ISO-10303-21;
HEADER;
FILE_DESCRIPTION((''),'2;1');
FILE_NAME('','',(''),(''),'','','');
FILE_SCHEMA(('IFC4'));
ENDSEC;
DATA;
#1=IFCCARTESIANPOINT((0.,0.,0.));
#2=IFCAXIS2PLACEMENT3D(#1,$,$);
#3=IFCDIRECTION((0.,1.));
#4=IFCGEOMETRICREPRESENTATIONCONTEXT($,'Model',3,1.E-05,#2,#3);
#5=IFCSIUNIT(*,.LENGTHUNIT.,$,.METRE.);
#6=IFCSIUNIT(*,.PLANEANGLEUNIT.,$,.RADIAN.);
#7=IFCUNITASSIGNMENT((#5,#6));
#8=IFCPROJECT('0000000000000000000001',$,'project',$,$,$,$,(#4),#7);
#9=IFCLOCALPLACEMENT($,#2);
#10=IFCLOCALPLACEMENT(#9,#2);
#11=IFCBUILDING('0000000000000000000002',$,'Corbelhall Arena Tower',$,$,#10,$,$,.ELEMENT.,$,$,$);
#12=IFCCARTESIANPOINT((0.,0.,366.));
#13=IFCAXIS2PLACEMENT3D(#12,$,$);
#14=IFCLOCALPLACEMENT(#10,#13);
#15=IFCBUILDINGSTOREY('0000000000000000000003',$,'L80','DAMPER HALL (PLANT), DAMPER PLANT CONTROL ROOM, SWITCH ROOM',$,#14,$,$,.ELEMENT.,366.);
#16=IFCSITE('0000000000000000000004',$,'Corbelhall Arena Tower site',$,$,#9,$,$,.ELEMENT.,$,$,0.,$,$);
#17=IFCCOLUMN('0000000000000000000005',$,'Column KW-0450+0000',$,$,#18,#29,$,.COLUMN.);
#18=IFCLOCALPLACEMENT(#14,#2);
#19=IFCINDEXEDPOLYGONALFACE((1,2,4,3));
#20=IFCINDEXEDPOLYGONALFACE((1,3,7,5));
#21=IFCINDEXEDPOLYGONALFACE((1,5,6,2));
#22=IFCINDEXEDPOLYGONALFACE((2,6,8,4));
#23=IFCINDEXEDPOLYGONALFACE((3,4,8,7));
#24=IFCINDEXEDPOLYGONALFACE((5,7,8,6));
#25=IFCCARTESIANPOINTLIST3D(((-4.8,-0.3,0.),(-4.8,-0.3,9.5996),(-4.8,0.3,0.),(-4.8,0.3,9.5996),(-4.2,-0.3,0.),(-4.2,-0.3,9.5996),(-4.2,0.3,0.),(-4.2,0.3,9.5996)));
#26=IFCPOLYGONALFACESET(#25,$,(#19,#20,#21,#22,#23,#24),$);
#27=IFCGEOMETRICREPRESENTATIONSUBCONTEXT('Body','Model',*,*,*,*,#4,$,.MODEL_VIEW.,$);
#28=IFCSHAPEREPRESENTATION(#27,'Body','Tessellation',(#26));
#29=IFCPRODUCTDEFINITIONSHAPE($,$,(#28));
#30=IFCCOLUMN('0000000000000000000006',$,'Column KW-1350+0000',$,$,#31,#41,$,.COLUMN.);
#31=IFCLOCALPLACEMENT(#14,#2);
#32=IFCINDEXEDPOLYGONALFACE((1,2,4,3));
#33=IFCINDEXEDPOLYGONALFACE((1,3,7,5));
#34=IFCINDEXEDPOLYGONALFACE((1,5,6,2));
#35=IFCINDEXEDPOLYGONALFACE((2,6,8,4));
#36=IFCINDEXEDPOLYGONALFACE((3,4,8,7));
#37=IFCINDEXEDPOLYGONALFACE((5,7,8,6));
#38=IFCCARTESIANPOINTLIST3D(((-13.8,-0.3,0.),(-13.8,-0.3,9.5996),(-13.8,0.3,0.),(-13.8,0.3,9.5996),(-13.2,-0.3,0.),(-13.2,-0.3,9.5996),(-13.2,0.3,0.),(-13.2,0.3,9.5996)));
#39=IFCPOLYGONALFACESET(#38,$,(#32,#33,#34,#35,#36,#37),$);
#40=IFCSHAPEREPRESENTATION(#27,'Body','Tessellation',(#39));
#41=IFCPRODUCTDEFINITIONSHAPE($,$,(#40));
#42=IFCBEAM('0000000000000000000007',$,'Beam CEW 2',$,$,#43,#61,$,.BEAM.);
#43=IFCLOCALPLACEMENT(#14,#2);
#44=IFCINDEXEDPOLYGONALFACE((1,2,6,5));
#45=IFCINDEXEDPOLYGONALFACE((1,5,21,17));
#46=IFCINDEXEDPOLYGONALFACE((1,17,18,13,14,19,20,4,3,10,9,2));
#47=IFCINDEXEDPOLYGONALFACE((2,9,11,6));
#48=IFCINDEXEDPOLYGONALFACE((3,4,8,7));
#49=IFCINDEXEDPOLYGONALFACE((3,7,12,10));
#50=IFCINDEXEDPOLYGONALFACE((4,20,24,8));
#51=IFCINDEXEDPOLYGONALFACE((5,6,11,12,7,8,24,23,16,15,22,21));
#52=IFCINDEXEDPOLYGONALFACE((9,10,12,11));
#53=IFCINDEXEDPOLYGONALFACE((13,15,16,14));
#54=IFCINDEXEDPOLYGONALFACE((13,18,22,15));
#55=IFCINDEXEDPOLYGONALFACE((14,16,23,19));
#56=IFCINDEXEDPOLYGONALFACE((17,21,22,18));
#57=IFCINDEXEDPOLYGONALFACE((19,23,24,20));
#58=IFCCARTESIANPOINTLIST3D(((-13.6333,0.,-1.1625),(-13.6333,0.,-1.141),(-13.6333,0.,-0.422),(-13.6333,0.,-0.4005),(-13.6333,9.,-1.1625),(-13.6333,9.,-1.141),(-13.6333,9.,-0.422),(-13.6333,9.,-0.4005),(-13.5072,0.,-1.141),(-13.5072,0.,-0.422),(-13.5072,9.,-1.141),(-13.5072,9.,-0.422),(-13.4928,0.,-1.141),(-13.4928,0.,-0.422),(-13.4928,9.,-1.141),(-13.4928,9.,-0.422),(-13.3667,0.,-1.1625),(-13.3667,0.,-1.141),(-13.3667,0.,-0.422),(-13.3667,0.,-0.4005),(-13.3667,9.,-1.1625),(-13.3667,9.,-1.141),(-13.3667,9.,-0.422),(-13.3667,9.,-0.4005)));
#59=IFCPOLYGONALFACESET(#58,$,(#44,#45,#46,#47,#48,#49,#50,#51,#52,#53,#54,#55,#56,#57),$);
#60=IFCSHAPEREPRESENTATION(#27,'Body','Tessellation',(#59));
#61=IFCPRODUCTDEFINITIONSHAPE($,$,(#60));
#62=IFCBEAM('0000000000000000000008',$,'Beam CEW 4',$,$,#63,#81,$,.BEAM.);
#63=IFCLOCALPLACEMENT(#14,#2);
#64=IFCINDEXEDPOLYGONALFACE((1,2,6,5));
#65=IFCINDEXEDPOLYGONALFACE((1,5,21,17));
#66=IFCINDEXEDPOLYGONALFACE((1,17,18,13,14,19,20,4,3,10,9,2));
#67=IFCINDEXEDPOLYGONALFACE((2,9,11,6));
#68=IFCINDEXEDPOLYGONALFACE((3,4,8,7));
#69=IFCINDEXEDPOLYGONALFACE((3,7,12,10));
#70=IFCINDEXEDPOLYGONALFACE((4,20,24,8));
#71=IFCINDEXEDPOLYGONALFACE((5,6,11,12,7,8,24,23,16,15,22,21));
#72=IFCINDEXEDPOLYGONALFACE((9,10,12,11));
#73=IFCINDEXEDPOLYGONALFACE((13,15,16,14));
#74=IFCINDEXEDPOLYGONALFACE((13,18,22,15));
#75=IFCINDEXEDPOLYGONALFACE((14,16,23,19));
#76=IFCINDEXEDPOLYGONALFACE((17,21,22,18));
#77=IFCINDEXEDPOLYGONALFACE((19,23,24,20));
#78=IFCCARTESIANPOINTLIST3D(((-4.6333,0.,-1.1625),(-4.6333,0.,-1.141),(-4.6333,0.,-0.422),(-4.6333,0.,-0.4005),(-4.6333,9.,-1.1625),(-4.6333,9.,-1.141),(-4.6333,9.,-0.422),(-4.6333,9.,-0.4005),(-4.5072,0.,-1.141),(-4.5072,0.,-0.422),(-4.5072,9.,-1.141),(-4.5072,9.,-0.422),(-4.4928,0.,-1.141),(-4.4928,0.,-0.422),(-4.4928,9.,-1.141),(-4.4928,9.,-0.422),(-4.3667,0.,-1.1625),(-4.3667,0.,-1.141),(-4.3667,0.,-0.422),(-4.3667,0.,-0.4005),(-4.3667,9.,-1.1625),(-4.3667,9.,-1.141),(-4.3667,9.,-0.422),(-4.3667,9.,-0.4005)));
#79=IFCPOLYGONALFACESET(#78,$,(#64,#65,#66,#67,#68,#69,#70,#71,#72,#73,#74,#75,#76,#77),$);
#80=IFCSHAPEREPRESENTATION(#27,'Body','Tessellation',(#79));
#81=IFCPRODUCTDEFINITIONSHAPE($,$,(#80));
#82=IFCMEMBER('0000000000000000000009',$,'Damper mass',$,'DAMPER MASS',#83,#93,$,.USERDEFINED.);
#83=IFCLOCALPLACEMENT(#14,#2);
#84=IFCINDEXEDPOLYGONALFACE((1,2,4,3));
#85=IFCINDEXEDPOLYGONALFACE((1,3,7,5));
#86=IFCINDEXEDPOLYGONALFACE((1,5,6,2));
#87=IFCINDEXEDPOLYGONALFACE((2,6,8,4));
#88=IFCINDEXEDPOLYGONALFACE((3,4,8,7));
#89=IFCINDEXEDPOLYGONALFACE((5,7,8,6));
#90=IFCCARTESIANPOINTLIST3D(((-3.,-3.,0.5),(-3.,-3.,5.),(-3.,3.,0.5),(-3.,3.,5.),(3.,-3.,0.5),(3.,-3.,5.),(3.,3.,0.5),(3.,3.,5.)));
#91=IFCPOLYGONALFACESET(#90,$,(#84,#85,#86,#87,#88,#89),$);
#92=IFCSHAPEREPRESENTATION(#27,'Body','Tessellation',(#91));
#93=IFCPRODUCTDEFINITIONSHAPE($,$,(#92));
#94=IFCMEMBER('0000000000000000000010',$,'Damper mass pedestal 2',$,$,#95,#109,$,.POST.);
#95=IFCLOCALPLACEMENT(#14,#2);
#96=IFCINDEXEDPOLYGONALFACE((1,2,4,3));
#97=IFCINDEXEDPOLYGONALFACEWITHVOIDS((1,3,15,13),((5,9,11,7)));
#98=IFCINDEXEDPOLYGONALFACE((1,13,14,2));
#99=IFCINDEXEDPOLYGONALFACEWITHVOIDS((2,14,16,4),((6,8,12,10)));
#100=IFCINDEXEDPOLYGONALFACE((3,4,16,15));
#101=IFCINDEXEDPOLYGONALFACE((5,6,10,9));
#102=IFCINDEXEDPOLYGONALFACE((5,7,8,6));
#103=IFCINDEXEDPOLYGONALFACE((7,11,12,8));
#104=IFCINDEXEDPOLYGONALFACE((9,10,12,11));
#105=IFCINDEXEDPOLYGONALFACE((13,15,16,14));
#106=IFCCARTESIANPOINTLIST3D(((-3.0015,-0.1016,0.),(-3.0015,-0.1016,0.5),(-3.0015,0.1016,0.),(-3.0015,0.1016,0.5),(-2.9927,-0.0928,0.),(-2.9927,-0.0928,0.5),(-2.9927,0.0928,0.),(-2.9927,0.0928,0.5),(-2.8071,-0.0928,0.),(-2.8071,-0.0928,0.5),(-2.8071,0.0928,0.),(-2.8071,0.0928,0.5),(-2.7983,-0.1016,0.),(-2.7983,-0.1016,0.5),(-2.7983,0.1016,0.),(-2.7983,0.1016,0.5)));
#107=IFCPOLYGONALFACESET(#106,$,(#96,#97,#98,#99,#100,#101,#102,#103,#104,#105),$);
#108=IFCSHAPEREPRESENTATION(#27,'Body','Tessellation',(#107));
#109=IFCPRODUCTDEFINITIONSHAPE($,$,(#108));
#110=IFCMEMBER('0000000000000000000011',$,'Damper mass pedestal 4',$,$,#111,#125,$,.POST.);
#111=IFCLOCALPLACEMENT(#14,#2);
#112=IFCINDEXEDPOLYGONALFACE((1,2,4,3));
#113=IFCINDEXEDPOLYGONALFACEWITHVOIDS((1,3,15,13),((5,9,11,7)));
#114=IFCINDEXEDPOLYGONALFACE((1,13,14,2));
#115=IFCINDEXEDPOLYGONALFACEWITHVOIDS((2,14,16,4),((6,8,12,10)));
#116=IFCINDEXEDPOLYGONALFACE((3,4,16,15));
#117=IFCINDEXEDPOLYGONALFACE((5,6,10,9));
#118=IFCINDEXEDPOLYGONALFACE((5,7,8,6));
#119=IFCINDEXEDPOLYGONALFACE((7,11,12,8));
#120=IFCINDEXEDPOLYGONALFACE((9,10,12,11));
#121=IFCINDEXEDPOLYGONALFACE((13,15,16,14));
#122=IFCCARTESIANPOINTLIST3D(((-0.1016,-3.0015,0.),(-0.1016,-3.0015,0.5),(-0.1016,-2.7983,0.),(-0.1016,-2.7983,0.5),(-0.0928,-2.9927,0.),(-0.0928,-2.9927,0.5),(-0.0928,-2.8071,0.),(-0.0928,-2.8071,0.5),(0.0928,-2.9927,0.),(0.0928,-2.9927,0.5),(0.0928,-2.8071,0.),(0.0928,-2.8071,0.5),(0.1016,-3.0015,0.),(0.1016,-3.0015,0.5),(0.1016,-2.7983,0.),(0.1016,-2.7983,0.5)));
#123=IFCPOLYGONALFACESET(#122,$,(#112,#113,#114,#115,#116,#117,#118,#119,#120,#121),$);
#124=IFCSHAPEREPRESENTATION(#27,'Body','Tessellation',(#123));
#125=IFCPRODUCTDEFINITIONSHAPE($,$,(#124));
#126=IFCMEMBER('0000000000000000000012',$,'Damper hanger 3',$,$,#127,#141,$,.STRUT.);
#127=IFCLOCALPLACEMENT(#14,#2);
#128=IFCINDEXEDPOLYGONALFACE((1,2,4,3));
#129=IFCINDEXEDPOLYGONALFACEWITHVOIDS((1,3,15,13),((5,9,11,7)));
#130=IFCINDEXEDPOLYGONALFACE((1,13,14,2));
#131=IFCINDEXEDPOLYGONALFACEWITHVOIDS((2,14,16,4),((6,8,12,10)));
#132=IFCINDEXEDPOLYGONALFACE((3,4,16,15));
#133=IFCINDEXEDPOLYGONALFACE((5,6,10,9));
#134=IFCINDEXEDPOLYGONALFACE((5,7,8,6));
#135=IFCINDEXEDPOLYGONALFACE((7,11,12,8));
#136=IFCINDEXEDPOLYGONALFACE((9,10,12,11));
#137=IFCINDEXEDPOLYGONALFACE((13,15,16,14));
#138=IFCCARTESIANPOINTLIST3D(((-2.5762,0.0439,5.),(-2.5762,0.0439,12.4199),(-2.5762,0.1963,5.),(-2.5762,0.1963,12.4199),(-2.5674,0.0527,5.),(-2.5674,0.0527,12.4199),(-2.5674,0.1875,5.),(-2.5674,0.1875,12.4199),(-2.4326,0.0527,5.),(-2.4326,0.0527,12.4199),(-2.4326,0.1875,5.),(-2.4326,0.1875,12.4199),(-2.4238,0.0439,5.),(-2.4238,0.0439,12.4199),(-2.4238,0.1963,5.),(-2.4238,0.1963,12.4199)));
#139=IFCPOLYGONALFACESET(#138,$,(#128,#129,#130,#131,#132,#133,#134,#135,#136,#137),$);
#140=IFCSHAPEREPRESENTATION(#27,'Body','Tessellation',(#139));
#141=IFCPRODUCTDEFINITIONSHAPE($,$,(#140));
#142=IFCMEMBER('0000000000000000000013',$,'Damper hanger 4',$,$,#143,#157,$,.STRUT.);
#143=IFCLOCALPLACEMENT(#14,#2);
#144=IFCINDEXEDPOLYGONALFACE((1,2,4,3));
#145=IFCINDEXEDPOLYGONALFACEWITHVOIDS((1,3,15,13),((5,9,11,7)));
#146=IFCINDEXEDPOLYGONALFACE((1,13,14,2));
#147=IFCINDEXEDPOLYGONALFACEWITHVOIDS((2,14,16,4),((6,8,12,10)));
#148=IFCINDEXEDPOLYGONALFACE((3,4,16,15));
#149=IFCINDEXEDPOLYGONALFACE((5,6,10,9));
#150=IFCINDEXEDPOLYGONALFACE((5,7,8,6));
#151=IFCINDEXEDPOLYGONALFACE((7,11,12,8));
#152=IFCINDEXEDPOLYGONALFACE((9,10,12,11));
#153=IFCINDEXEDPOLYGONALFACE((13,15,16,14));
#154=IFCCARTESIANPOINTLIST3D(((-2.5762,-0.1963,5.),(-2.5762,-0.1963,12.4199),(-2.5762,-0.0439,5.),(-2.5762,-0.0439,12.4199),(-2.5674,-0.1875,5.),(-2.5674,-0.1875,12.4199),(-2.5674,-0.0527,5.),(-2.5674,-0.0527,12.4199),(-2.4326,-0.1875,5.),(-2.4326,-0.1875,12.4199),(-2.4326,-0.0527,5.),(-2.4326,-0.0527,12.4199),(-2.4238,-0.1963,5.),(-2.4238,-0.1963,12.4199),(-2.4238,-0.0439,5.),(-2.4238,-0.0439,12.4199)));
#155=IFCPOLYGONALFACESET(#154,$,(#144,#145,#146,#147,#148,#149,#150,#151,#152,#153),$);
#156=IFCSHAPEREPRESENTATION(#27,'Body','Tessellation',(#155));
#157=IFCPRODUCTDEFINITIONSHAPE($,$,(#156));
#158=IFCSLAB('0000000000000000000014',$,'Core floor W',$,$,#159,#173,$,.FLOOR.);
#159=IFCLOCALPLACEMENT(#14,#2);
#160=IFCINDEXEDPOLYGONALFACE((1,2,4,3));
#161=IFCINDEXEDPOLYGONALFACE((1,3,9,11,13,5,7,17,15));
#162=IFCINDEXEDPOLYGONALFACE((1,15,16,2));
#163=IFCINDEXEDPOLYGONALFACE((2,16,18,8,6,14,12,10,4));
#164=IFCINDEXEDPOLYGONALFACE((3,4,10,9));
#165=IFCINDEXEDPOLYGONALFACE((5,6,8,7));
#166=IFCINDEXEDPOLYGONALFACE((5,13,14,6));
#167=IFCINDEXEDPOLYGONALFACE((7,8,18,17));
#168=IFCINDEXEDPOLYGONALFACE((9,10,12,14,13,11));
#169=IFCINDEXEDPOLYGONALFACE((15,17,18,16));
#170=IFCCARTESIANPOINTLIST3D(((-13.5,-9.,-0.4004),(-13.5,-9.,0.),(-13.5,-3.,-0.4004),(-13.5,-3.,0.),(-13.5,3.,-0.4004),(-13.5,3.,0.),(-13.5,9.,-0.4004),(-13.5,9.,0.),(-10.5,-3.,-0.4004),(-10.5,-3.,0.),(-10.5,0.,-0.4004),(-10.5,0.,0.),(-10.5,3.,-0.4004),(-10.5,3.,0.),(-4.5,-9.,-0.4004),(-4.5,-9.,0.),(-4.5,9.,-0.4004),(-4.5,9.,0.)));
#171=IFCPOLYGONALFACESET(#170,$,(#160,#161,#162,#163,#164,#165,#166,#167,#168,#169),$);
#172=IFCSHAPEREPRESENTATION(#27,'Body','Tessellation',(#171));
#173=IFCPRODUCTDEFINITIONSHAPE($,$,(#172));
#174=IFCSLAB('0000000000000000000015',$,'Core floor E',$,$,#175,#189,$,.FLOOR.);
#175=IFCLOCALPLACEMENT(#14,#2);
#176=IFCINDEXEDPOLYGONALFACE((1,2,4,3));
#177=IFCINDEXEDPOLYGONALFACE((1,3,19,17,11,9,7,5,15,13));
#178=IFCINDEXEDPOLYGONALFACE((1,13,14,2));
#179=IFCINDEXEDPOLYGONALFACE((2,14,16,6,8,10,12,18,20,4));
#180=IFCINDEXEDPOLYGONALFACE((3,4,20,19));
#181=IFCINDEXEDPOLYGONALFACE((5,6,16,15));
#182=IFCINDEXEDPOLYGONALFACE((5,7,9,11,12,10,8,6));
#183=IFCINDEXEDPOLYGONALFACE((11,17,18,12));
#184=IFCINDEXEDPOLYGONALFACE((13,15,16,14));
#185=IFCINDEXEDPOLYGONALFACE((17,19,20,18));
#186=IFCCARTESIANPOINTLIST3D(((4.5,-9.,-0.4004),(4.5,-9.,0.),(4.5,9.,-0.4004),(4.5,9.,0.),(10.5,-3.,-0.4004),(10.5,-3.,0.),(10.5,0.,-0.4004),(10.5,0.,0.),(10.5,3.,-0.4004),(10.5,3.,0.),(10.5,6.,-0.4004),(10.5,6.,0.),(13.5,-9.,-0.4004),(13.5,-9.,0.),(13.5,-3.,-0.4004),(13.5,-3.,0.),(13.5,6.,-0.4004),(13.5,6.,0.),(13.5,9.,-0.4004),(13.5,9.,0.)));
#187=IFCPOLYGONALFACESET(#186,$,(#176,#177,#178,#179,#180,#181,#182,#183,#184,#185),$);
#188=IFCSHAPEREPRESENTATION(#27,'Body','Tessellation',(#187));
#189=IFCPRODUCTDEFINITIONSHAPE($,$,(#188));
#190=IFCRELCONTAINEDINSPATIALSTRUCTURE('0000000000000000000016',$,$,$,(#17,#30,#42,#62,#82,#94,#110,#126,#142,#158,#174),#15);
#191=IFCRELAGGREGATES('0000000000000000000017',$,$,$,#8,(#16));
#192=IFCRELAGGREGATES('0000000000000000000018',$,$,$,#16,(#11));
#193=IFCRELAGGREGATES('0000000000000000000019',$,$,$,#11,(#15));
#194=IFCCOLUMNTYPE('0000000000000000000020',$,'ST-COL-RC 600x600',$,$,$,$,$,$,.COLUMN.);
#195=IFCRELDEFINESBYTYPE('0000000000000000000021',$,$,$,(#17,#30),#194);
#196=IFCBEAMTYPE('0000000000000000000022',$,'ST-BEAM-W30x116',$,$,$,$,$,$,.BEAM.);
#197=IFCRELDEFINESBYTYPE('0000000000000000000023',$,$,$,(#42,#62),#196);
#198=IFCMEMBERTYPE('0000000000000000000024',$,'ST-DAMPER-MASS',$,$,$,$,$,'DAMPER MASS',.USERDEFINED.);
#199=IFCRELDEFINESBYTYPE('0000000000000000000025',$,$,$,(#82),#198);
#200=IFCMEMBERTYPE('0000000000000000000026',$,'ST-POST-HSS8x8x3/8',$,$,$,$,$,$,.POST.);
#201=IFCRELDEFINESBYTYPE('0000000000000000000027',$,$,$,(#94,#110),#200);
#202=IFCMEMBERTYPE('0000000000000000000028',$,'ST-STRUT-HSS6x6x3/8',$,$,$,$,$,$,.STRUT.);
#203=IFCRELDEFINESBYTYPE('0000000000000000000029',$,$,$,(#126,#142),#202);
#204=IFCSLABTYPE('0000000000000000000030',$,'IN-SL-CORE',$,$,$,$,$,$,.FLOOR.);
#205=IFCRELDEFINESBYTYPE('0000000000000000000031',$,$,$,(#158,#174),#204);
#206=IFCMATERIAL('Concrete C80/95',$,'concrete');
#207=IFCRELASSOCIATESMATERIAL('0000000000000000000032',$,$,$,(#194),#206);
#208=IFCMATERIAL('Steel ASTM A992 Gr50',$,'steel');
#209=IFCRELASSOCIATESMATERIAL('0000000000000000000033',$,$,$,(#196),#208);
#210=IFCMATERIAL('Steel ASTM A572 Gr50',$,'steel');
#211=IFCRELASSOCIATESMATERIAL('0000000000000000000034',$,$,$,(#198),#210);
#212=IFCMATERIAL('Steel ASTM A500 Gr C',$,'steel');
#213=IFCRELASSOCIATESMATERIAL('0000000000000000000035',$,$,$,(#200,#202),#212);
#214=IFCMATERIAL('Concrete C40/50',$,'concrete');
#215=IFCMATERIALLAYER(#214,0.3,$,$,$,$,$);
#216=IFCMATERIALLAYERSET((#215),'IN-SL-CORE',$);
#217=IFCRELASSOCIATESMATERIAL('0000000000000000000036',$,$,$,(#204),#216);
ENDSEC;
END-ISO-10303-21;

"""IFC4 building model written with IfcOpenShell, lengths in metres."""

from ifc_helpers import new_model, si_unit, direction, frame, origin, origin_2d, place, context, subcontext, project, spatial, polyline, rectangle, hollow_rectangle, i_section, outline, extrude, material, layer, layer_set, material_profile, profile_set, type_object, element, save


model = new_model("IFC4")

# Units and contexts
model_context = context("Model", 3, precision=1e-05, world=origin(), true_north=direction((0.0, 1.0)))
body_context = subcontext(model_context, "Body", "Model", "MODEL_VIEW")
ifc_project = project(units=[si_unit("LENGTHUNIT", "METRE"), si_unit("PLANEANGLEUNIT", "RADIAN")], contexts=[model_context])

# Site, building, storey
site_placement = place(None, origin())
site = spatial("IfcSite", under=ifc_project, at=site_placement, Name="Corbelhall Arena Tower site", CompositionType="ELEMENT", RefElevation=0.0)
building_placement = place(site_placement, origin())
building = spatial("IfcBuilding", under=site, at=building_placement, Name="Corbelhall Arena Tower", CompositionType="ELEMENT")
storey_placement = place(building_placement, frame((0.0, 0.0, 366.0)))
storey = spatial("IfcBuildingStorey", under=building, at=storey_placement, Name="L80", Description="DAMPER HALL (PLANT), DAMPER PLANT CONTROL ROOM, SWITCH ROOM", CompositionType="ELEMENT", Elevation=366.0)

# Columns
ifc_material_1 = material(Name="Concrete C80/95", Category="concrete")
ifc_material_profile_1 = material_profile(ifc_material_1, rectangle(XDim=0.6001, YDim=0.6001, at=origin_2d()))
ifc_profile_set_1 = profile_set([ifc_material_profile_1], Name="Concrete C80/95")
column_type = type_object("IfcColumnType", Name="ST-COL-RC 600x600", PredefinedType="COLUMN", material=ifc_profile_set_1)
for number, where, z_axis, x_axis, name in (
    (1, (-4.5, 0.0, 0.0), (0.0, 0.0, 1.0), (1.0, 0.0, 0.0), "Column KW-0450+0000"),
    (2, (-13.5, 0.0, 0.0), (0.0, 0.0, 1.0), (1.0, 0.0, 0.0), "Column KW-1350+0000"),
):
    element("IfcColumn", number, at=place(storey_placement, frame(where, z_axis=z_axis, x_axis=x_axis)), inside=storey, type_object=column_type, Name=name, PredefinedType="COLUMN", context=body_context, shape_type="SweptSolid", body=[
        extrude(rectangle(XDim=0.6001, YDim=0.6001, at=origin_2d()), origin(), (0.0, 0.0, 1.0), 9.5996),
    ])

# Beams
ifc_material_2 = material(Name="Steel ASTM A992 Gr50", Category="steel")
ifc_material_profile_2 = material_profile(ifc_material_2, i_section(OverallWidth=0.2666, OverallDepth=0.762, WebThickness=0.0144, FlangeThickness=0.0215, at=origin_2d()))
ifc_profile_set_2 = profile_set([ifc_material_profile_2], Name="Steel ASTM A992 Gr50")
beam_type = type_object("IfcBeamType", Name="ST-BEAM-W30x116", PredefinedType="BEAM", material=ifc_profile_set_2)
for number, where, z_axis, x_axis, name in (
    (3, (-13.5, 0.0, -0.7815), (0.0, 1.0, 0.0), (-1.0, 0.0, 0.0), "Beam CEW 2"),
    (4, (-4.5, 0.0, -0.7815), (0.0, 1.0, 0.0), (-1.0, 0.0, 0.0), "Beam CEW 4"),
):
    element("IfcBeam", number, at=place(storey_placement, frame(where, z_axis=z_axis, x_axis=x_axis)), inside=storey, type_object=beam_type, Name=name, PredefinedType="BEAM", context=body_context, shape_type="SweptSolid", body=[
        extrude(i_section(OverallWidth=0.2666, OverallDepth=0.762, WebThickness=0.0144, FlangeThickness=0.0215, at=origin_2d()), origin(), (0.0, 0.0, 1.0), 9.0),
    ])

# Members
ifc_material_3 = material(Name="Steel ASTM A572 Gr50", Category="steel")
member_type_1 = type_object("IfcMemberType", Name="ST-DAMPER-MASS", ElementType="DAMPER MASS", PredefinedType="USERDEFINED", material=ifc_material_3)
member_placement = place(storey_placement, frame((0.0, 0.0, 0.5), z_axis=(0.0, 0.0, 1.0), x_axis=(1.0, 0.0, 0.0)))
element("IfcMember", 5, at=member_placement, inside=storey, type_object=member_type_1, Name="Damper mass", ObjectType="DAMPER MASS", PredefinedType="USERDEFINED", context=body_context, shape_type="SweptSolid", body=[
    extrude(rectangle(XDim=6.0, YDim=6.0, at=origin_2d()), origin(), (0.0, 0.0, 1.0), 4.5),
])
ifc_material_4 = material(Name="Steel ASTM A500 Gr C", Category="steel")
ifc_material_profile_3 = material_profile(ifc_material_4, hollow_rectangle(XDim=0.2031, YDim=0.2031, WallThickness=0.0088, at=origin_2d()))
ifc_profile_set_3 = profile_set([ifc_material_profile_3], Name="Steel ASTM A500 Gr C")
member_type_2 = type_object("IfcMemberType", Name="ST-POST-HSS8x8x3/8", PredefinedType="POST", material=ifc_profile_set_3)
for number, where, z_axis, x_axis, name in (
    (6, (-2.8999, 0.0, 0.0), (0.0, 0.0, 1.0), (1.0, 0.0, 0.0), "Damper mass pedestal 2"),
    (7, (0.0, -2.8999, 0.0), (0.0, 0.0, 1.0), (1.0, 0.0, 0.0), "Damper mass pedestal 4"),
):
    element("IfcMember", number, at=place(storey_placement, frame(where, z_axis=z_axis, x_axis=x_axis)), inside=storey, type_object=member_type_2, Name=name, PredefinedType="POST", context=body_context, shape_type="SweptSolid", body=[
        extrude(hollow_rectangle(XDim=0.2031, YDim=0.2031, WallThickness=0.0088, at=origin_2d()), origin(), (0.0, 0.0, 1.0), 0.5),
    ])
ifc_material_profile_4 = material_profile(ifc_material_4, hollow_rectangle(XDim=0.1523, YDim=0.1523, WallThickness=0.0088, at=origin_2d()))
ifc_profile_set_4 = profile_set([ifc_material_profile_4], Name="Steel ASTM A500 Gr C")
member_type_3 = type_object("IfcMemberType", Name="ST-STRUT-HSS6x6x3/8", PredefinedType="STRUT", material=ifc_profile_set_4)
for number, where, z_axis, x_axis, name in (
    (8, (-2.5, 0.1201, 5.0), (0.0, 0.0, 1.0), (1.0, 0.0, 0.0), "Damper hanger 3"),
    (9, (-2.5, -0.1201, 5.0), (0.0, 0.0, 1.0), (1.0, 0.0, 0.0), "Damper hanger 4"),
):
    element("IfcMember", number, at=place(storey_placement, frame(where, z_axis=z_axis, x_axis=x_axis)), inside=storey, type_object=member_type_3, Name=name, PredefinedType="STRUT", context=body_context, shape_type="SweptSolid", body=[
        extrude(hollow_rectangle(XDim=0.1523, YDim=0.1523, WallThickness=0.0088, at=origin_2d()), origin(), (0.0, 0.0, 1.0), 7.4199),
    ])

# Slabs
ifc_material_5 = material(Name="Concrete C40/50", Category="concrete")
ifc_layer_1 = layer(ifc_material_5, 0.3)
ifc_layer_set_1 = layer_set([ifc_layer_1], Name="IN-SL-CORE")
slab_type_1 = type_object("IfcSlabType", Name="IN-SL-CORE", PredefinedType="FLOOR", material=ifc_layer_set_1)
slab_1_placement = place(storey_placement, frame((0.0, 0.0, -0.4004)))
element("IfcSlab", 10, at=slab_1_placement, inside=storey, type_object=slab_type_1, Name="Core floor W", PredefinedType="FLOOR", context=body_context, shape_type="SweptSolid", body=[
    extrude(outline(polyline([(-4.5, 9.0), (-13.5, 9.0), (-13.5, 3.0), (-10.5, 3.0), (-10.5, 0.0), (-10.5, -3.0), (-13.5, -3.0), (-13.5, -9.0), (-4.5, -9.0), (-4.5, 9.0)])), origin(), (0.0, 0.0, 1.0), 0.4004),
])
slab_2_placement = place(storey_placement, frame((0.0, 0.0, -0.4004)))
element("IfcSlab", 11, at=slab_2_placement, inside=storey, type_object=slab_type_1, Name="Core floor E", PredefinedType="FLOOR", context=body_context, shape_type="SweptSolid", body=[
    extrude(outline(polyline([(4.5, 9.0), (4.5, -9.0), (13.5, -9.0), (13.5, -3.0), (10.5, -3.0), (10.5, 0.0), (10.5, 3.0), (10.5, 6.0), (13.5, 6.0), (13.5, 9.0), (4.5, 9.0)])), origin(), (0.0, 0.0, 1.0), 0.4004),
])

save(model, "model.ifc")
